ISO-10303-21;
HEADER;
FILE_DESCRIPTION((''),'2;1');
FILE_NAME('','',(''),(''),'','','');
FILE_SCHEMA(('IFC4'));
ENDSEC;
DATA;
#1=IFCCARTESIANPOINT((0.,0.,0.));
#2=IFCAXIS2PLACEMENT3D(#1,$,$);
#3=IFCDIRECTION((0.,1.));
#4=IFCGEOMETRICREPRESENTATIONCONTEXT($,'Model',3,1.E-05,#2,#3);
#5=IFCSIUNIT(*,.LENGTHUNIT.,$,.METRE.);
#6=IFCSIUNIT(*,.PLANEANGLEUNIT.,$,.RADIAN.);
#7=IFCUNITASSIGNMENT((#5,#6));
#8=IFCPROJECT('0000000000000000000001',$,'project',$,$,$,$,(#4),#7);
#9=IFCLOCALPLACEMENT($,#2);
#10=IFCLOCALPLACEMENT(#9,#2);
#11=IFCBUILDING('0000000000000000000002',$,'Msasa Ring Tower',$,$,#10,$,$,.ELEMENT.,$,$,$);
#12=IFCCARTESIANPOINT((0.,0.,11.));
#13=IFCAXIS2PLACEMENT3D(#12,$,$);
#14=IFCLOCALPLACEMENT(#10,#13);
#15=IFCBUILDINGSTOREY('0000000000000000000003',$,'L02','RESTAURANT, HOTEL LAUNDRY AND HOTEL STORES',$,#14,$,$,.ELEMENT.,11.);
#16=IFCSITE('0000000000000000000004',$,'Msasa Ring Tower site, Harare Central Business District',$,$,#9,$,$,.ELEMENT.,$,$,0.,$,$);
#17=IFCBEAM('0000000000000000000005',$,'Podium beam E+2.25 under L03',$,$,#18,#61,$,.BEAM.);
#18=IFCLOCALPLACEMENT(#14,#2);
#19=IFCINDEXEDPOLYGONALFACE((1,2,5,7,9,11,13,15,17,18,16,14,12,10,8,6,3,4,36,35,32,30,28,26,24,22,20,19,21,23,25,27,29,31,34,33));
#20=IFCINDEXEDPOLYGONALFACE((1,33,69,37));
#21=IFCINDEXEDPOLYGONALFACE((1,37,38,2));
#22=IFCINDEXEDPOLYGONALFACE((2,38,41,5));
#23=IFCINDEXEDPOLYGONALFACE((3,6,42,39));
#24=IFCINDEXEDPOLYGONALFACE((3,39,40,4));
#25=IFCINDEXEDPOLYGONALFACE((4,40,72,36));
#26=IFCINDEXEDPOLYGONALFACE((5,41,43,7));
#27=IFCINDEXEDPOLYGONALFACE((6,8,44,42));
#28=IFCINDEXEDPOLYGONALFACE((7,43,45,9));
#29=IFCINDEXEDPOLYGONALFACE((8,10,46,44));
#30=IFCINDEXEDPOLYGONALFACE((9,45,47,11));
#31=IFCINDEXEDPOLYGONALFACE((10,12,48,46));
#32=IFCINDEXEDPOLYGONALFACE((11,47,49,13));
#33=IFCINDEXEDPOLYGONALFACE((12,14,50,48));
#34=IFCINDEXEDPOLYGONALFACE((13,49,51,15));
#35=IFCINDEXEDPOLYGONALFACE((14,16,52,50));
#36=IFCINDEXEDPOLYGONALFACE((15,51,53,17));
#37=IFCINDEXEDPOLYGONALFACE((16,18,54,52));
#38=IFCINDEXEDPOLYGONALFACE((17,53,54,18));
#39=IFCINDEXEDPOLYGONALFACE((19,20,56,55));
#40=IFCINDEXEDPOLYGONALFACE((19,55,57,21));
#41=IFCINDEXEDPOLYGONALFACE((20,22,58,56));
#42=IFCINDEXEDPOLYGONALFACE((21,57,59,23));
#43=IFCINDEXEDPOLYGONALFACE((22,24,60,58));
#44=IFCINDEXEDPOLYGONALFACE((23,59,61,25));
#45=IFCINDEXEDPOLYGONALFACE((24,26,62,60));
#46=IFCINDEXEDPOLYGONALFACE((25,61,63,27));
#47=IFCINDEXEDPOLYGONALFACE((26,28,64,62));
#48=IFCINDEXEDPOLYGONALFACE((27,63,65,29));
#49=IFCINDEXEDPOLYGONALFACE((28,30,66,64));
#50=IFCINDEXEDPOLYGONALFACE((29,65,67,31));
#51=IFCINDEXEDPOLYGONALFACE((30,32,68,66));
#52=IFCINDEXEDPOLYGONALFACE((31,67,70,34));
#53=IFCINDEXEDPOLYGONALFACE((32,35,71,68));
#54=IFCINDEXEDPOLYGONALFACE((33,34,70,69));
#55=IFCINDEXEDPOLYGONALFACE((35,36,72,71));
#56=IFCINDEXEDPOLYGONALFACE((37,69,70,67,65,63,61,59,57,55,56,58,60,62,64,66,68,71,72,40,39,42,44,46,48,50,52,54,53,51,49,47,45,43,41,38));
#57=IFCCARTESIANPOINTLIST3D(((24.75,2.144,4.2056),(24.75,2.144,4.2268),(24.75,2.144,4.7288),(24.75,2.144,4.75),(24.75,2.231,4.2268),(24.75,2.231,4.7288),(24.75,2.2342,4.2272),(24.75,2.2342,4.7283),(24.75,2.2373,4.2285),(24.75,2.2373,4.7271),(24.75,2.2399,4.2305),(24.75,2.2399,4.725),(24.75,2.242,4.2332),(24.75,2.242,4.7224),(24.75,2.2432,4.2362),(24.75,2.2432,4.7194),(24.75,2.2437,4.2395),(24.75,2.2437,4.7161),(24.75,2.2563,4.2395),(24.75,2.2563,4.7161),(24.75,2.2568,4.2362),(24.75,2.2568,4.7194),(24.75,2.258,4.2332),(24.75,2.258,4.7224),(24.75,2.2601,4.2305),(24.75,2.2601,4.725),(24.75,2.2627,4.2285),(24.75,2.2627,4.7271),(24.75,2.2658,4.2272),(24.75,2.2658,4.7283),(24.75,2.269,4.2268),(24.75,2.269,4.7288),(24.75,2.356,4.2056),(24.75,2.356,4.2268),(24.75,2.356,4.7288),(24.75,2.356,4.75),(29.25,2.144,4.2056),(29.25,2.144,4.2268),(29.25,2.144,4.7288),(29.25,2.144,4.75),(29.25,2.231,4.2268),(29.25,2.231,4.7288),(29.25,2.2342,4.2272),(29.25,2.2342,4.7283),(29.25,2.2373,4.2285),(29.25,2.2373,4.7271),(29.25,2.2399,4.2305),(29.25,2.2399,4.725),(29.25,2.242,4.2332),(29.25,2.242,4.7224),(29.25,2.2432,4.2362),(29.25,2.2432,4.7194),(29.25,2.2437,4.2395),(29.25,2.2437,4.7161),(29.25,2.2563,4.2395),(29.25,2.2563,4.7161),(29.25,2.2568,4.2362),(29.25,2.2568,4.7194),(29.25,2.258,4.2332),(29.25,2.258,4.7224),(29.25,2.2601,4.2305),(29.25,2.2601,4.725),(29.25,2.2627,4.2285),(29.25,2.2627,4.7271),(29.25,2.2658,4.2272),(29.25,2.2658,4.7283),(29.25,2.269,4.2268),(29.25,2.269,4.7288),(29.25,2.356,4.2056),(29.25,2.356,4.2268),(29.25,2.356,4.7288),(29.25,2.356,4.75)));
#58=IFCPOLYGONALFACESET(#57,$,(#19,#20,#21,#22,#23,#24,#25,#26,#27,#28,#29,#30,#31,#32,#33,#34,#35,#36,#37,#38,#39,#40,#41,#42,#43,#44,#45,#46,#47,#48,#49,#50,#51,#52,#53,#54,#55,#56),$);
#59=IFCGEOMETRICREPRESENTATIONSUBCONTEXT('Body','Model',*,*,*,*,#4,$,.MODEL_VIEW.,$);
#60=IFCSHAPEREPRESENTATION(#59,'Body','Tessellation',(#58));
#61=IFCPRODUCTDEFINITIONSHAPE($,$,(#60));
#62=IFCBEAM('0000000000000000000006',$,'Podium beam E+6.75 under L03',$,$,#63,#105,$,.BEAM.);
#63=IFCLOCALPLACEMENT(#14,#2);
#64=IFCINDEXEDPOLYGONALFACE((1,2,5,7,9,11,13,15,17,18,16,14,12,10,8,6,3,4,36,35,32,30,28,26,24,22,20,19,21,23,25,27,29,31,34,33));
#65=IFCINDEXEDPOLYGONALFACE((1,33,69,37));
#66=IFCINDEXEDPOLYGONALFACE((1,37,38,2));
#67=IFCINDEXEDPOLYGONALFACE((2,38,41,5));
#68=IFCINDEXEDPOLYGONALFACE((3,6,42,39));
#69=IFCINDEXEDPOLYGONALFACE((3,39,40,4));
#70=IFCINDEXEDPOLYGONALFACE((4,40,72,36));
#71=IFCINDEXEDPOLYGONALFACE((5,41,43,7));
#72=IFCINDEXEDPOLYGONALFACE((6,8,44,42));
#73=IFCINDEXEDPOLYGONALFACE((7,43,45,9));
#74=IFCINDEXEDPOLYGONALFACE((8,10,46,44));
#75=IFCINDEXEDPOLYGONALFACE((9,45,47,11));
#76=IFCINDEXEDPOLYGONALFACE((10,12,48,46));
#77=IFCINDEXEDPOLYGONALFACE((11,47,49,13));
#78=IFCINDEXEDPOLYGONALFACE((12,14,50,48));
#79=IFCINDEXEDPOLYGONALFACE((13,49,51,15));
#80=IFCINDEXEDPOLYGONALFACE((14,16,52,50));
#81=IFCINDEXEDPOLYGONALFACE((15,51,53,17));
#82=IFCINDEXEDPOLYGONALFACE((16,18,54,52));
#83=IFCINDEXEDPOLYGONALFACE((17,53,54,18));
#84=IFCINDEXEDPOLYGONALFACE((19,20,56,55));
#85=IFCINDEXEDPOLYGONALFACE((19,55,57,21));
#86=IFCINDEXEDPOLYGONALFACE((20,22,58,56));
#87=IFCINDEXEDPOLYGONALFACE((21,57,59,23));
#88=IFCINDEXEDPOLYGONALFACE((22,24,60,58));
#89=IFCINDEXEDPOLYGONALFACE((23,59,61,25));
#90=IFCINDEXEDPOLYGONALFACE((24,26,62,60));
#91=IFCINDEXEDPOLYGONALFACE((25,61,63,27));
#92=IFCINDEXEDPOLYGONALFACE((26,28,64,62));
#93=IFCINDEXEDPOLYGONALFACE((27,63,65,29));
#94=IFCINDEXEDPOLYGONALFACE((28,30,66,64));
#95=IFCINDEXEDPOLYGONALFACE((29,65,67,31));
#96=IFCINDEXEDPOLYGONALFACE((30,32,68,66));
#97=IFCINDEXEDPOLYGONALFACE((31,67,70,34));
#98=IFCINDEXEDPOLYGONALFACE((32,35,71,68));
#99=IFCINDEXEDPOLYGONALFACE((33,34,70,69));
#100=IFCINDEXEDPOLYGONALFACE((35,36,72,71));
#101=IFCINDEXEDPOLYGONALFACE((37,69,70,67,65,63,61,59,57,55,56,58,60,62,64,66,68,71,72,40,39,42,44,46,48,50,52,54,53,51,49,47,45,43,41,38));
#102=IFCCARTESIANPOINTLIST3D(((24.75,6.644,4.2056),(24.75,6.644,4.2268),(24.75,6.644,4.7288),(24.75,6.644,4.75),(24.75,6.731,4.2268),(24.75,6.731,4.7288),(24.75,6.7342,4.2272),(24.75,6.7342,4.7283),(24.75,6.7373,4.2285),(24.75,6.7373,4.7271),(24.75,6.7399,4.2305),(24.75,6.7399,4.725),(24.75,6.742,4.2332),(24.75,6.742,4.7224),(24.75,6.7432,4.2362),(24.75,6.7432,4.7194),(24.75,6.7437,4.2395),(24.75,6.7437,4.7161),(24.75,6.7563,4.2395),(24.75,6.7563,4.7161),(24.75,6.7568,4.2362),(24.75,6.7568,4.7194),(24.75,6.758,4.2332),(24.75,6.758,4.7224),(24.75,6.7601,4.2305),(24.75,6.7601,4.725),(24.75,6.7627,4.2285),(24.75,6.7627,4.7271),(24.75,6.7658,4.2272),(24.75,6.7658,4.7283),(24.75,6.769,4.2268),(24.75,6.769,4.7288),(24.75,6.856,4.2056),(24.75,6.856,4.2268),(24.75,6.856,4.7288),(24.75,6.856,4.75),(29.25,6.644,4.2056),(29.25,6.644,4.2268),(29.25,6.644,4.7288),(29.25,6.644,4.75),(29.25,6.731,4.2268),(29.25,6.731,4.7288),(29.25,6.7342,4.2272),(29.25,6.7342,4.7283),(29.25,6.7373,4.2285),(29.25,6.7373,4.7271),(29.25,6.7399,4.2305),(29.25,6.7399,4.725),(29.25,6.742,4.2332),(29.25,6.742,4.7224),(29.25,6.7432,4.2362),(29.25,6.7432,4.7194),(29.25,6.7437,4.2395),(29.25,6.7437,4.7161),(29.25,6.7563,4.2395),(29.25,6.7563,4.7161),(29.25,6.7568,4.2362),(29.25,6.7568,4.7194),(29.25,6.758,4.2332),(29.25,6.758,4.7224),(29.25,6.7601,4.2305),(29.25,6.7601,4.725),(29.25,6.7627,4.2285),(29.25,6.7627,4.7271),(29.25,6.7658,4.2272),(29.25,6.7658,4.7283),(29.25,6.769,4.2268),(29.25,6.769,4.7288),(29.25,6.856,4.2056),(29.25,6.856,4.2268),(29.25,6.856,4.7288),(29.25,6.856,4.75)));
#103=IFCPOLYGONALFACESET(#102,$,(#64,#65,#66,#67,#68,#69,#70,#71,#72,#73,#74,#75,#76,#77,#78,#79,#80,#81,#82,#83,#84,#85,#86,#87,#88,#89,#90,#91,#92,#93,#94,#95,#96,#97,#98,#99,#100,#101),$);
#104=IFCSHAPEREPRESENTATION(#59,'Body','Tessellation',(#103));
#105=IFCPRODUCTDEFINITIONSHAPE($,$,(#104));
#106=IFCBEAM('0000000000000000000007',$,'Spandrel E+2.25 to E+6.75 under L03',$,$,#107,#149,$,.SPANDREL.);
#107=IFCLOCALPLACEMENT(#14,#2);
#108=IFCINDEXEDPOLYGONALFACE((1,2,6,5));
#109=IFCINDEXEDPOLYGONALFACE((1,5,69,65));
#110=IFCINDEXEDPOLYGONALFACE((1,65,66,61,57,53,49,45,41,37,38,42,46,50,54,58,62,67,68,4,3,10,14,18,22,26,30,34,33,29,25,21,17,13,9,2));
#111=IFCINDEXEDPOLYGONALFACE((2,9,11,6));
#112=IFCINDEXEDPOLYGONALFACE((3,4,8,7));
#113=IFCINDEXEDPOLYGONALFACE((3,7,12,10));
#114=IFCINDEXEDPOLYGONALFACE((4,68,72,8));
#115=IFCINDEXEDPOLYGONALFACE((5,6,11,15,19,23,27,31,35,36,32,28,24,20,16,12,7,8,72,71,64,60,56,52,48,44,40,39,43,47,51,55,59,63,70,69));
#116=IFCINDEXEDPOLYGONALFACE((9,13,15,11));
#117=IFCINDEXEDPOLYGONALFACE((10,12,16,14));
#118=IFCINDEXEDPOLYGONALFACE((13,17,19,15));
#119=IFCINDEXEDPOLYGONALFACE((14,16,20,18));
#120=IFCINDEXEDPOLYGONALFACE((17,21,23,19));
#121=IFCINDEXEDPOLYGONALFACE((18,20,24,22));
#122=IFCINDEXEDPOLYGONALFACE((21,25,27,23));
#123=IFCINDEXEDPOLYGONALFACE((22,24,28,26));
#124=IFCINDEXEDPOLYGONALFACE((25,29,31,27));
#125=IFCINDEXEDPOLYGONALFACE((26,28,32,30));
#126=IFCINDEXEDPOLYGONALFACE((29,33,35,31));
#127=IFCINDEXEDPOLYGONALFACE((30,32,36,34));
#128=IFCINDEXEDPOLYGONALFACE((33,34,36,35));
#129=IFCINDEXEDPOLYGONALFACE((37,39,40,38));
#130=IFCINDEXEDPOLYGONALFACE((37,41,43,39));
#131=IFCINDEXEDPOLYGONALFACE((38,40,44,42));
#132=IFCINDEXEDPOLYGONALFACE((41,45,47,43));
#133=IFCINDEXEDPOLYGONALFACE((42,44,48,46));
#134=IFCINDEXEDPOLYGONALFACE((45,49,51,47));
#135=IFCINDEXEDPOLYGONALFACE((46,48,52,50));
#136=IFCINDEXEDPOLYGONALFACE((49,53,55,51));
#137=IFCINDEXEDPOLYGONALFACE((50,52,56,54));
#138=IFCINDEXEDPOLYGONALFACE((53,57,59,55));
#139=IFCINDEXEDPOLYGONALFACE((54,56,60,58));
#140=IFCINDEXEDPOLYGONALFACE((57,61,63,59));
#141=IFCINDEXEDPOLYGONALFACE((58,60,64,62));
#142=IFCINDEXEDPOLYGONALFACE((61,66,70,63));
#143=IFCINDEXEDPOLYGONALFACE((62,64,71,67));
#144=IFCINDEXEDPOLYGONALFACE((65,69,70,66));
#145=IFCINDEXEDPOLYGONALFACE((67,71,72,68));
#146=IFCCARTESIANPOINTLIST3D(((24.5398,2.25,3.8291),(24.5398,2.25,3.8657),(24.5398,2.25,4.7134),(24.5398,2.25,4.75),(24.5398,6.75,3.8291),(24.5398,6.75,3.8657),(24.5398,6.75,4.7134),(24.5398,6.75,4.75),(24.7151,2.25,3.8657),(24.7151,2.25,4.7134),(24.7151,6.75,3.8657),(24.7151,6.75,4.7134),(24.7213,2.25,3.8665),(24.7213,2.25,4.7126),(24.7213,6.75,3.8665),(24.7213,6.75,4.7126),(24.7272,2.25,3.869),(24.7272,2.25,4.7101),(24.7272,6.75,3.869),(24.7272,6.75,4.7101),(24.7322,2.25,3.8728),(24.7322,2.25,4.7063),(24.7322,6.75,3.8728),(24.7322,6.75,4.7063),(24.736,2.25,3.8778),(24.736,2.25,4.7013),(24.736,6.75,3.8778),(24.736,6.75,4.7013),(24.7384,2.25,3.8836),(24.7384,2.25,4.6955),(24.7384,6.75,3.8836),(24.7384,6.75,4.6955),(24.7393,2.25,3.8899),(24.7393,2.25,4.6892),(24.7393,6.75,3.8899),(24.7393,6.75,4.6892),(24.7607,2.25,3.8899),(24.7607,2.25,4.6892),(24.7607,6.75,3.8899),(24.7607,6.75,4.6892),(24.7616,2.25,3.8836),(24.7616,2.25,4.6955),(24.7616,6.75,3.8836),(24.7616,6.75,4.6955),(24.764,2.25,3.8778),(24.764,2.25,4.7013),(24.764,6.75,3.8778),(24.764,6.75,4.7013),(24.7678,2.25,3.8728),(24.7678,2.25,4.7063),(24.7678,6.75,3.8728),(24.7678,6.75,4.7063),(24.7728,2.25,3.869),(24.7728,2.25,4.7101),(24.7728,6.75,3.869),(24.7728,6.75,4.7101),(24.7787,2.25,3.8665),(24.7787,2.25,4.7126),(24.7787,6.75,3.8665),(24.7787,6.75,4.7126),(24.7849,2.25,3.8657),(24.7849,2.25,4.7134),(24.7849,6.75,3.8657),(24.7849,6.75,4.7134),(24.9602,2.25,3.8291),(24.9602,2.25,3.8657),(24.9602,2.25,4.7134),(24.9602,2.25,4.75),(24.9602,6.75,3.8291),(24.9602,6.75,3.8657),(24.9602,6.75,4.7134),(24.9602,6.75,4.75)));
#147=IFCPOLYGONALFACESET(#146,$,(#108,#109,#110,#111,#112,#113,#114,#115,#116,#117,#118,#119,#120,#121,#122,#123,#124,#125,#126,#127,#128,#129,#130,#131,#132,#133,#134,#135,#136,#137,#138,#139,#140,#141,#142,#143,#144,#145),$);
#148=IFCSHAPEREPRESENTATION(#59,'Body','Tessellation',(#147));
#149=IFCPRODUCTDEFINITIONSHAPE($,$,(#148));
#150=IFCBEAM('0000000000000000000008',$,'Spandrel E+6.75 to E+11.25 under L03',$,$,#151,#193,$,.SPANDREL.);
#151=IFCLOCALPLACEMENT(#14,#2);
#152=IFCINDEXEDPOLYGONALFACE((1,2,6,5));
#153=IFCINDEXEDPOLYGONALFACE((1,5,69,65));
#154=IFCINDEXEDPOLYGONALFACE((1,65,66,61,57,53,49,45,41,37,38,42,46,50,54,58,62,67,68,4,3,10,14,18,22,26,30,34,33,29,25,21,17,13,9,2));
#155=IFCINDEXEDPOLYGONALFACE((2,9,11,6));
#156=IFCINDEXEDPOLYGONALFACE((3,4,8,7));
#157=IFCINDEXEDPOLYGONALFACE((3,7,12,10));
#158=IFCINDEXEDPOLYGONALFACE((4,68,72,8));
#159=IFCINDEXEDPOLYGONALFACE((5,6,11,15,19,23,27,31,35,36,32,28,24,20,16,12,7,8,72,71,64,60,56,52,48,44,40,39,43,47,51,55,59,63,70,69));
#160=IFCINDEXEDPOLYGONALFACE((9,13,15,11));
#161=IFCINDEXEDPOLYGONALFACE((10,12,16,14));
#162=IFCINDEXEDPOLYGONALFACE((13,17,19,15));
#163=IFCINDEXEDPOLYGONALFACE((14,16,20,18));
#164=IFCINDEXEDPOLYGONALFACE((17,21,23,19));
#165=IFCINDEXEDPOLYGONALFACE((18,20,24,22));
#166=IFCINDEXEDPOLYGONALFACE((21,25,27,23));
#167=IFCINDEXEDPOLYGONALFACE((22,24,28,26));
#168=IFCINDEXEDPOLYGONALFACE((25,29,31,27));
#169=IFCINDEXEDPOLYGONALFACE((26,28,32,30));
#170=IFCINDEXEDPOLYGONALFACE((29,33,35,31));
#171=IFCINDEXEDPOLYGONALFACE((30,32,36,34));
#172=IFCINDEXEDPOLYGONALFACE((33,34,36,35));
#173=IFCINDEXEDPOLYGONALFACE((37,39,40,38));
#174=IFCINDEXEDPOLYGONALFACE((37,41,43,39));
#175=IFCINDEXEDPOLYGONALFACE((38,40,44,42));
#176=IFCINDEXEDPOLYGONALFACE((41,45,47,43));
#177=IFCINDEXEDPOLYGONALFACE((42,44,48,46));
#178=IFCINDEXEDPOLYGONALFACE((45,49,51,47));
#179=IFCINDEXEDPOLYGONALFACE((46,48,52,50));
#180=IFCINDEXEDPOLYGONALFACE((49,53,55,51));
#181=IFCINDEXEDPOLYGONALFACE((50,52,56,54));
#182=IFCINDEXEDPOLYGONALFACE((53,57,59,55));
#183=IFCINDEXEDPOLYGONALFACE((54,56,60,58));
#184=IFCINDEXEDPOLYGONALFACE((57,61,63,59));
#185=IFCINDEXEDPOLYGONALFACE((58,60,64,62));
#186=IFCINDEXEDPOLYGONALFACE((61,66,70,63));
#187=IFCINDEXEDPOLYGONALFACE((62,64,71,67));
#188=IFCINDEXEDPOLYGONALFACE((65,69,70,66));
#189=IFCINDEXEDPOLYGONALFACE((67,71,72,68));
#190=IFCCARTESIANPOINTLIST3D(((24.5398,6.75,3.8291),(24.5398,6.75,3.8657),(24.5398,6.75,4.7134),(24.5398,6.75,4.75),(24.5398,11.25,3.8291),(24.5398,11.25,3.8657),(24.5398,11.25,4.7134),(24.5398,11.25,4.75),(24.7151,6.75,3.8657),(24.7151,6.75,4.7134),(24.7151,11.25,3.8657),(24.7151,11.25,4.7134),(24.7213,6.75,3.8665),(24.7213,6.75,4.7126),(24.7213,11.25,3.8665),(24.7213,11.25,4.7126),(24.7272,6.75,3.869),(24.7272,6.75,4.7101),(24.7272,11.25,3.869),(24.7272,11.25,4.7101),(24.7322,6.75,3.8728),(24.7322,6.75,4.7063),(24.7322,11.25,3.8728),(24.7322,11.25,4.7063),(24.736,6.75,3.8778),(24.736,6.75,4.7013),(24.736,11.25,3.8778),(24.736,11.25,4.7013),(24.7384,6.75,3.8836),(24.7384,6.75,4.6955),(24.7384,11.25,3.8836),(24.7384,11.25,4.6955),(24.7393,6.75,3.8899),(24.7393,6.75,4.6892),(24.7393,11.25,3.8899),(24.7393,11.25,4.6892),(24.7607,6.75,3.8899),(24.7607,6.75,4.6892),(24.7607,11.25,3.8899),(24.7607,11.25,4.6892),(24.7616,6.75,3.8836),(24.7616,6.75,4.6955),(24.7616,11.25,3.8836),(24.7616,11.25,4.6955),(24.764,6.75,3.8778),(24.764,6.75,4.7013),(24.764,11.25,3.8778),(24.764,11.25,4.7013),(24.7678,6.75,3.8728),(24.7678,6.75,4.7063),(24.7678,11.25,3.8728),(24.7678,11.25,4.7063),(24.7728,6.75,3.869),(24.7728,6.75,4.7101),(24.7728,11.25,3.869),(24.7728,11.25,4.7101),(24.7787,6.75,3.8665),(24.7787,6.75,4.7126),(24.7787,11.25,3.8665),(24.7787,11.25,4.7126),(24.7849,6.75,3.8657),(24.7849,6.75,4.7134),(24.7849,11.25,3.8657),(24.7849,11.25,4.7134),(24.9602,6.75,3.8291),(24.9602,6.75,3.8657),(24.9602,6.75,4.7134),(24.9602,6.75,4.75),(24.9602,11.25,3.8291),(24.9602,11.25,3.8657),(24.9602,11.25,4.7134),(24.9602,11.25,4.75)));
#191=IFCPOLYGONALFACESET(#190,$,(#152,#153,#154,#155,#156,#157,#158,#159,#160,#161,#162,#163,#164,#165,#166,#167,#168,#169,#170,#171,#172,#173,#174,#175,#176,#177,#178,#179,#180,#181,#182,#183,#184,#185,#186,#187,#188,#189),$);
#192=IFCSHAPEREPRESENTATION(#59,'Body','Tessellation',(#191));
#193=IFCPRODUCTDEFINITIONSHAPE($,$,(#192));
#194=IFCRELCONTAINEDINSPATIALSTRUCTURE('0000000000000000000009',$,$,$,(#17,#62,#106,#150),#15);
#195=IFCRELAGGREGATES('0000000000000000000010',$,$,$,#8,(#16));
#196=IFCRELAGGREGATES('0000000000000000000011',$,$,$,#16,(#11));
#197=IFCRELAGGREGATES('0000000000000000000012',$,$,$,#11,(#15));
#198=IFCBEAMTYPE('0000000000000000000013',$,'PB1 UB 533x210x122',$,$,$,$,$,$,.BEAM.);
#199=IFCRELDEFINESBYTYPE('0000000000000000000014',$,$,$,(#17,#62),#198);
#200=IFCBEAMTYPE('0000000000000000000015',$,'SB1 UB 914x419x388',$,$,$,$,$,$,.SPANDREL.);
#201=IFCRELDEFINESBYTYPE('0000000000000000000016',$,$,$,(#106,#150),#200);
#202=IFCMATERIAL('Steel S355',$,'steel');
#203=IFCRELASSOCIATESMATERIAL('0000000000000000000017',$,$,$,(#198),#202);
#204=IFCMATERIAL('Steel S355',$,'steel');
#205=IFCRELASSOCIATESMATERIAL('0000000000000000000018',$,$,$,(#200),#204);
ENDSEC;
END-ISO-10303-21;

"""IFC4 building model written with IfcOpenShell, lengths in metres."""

from ifc_helpers import new_model, si_unit, direction, frame, origin, origin_2d, place, context, subcontext, project, spatial, i_section, extrude, material, material_profile, profile_set, type_object, element, save


model = new_model("IFC4")

# Units and contexts
model_context = context("Model", 3, precision=1e-05, world=origin(), true_north=direction((0.0, 1.0)))
body_context = subcontext(model_context, "Body", "Model", "MODEL_VIEW")
ifc_project = project(units=[si_unit("LENGTHUNIT", "METRE"), si_unit("PLANEANGLEUNIT", "RADIAN")], contexts=[model_context])

# Site, building, storey
site_placement = place(None, origin())
site = spatial("IfcSite", under=ifc_project, at=site_placement, Name="Msasa Ring Tower site, Harare Central Business District", CompositionType="ELEMENT", RefElevation=0.0)
building_placement = place(site_placement, origin())
building = spatial("IfcBuilding", under=site, at=building_placement, Name="Msasa Ring Tower", CompositionType="ELEMENT")
storey_placement = place(building_placement, frame((0.0, 0.0, 11.0)))
storey = spatial("IfcBuildingStorey", under=building, at=storey_placement, Name="L02", Description="RESTAURANT, HOTEL LAUNDRY AND HOTEL STORES", CompositionType="ELEMENT", Elevation=11.0)

# Beams
ifc_material_1 = material(Name="Steel S355", Category="steel")
ifc_material_profile_1 = material_profile(ifc_material_1, i_section(OverallWidth=0.2119, OverallDepth=0.5444, WebThickness=0.0127, FlangeThickness=0.0212, FilletRadius=0.0127, at=origin_2d()), Name="UB 533x210x122")
ifc_profile_set_1 = profile_set([ifc_material_profile_1], Name="Steel S355")
beam_type_1 = type_object("IfcBeamType", Name="PB1 UB 533x210x122", PredefinedType="BEAM", material=ifc_profile_set_1)
for number, where, z_axis, x_axis, name in (
    (1, (29.25, 2.25, 4.4778), (-1.0, 0.0, 0.0), (0.0, -1.0, 0.0), "Podium beam E+2.25 under L03"),
    (2, (29.25, 6.75, 4.4778), (-1.0, 0.0, 0.0), (0.0, -1.0, 0.0), "Podium beam E+6.75 under L03"),
):
    element("IfcBeam", number, at=place(storey_placement, frame(where, z_axis=z_axis, x_axis=x_axis)), inside=storey, type_object=beam_type_1, Name=name, PredefinedType="BEAM", context=body_context, shape_type="SweptSolid", body=[
        extrude(i_section(OverallWidth=0.2119, OverallDepth=0.5444, WebThickness=0.0127, FlangeThickness=0.0212, FilletRadius=0.0127, at=origin_2d()), origin(), (0.0, 0.0, 1.0), 4.5),
    ])
ifc_material_2 = material(Name="Steel S355", Category="steel")
ifc_material_profile_2 = material_profile(ifc_material_2, i_section(OverallWidth=0.4204, OverallDepth=0.9209, WebThickness=0.0215, FlangeThickness=0.0366, FilletRadius=0.0242, at=origin_2d()), Name="UB 914x419x388")
ifc_profile_set_2 = profile_set([ifc_material_profile_2], Name="Steel S355")
beam_type_2 = type_object("IfcBeamType", Name="SB1 UB 914x419x388", PredefinedType="SPANDREL", material=ifc_profile_set_2)
for number, where, z_axis, x_axis, name in (
    (3, (24.75, 2.25, 4.2896), (0.0, 1.0, 0.0), (-1.0, 0.0, 0.0), "Spandrel E+2.25 to E+6.75 under L03"),
    (4, (24.75, 6.75, 4.2896), (0.0, 1.0, 0.0), (-1.0, 0.0, 0.0), "Spandrel E+6.75 to E+11.25 under L03"),
):
    element("IfcBeam", number, at=place(storey_placement, frame(where, z_axis=z_axis, x_axis=x_axis)), inside=storey, type_object=beam_type_2, Name=name, PredefinedType="SPANDREL", context=body_context, shape_type="SweptSolid", body=[
        extrude(i_section(OverallWidth=0.4204, OverallDepth=0.9209, WebThickness=0.0215, FlangeThickness=0.0366, FilletRadius=0.0242, at=origin_2d()), origin(), (0.0, 0.0, 1.0), 4.5),
    ])

save(model, "model.ifc")
